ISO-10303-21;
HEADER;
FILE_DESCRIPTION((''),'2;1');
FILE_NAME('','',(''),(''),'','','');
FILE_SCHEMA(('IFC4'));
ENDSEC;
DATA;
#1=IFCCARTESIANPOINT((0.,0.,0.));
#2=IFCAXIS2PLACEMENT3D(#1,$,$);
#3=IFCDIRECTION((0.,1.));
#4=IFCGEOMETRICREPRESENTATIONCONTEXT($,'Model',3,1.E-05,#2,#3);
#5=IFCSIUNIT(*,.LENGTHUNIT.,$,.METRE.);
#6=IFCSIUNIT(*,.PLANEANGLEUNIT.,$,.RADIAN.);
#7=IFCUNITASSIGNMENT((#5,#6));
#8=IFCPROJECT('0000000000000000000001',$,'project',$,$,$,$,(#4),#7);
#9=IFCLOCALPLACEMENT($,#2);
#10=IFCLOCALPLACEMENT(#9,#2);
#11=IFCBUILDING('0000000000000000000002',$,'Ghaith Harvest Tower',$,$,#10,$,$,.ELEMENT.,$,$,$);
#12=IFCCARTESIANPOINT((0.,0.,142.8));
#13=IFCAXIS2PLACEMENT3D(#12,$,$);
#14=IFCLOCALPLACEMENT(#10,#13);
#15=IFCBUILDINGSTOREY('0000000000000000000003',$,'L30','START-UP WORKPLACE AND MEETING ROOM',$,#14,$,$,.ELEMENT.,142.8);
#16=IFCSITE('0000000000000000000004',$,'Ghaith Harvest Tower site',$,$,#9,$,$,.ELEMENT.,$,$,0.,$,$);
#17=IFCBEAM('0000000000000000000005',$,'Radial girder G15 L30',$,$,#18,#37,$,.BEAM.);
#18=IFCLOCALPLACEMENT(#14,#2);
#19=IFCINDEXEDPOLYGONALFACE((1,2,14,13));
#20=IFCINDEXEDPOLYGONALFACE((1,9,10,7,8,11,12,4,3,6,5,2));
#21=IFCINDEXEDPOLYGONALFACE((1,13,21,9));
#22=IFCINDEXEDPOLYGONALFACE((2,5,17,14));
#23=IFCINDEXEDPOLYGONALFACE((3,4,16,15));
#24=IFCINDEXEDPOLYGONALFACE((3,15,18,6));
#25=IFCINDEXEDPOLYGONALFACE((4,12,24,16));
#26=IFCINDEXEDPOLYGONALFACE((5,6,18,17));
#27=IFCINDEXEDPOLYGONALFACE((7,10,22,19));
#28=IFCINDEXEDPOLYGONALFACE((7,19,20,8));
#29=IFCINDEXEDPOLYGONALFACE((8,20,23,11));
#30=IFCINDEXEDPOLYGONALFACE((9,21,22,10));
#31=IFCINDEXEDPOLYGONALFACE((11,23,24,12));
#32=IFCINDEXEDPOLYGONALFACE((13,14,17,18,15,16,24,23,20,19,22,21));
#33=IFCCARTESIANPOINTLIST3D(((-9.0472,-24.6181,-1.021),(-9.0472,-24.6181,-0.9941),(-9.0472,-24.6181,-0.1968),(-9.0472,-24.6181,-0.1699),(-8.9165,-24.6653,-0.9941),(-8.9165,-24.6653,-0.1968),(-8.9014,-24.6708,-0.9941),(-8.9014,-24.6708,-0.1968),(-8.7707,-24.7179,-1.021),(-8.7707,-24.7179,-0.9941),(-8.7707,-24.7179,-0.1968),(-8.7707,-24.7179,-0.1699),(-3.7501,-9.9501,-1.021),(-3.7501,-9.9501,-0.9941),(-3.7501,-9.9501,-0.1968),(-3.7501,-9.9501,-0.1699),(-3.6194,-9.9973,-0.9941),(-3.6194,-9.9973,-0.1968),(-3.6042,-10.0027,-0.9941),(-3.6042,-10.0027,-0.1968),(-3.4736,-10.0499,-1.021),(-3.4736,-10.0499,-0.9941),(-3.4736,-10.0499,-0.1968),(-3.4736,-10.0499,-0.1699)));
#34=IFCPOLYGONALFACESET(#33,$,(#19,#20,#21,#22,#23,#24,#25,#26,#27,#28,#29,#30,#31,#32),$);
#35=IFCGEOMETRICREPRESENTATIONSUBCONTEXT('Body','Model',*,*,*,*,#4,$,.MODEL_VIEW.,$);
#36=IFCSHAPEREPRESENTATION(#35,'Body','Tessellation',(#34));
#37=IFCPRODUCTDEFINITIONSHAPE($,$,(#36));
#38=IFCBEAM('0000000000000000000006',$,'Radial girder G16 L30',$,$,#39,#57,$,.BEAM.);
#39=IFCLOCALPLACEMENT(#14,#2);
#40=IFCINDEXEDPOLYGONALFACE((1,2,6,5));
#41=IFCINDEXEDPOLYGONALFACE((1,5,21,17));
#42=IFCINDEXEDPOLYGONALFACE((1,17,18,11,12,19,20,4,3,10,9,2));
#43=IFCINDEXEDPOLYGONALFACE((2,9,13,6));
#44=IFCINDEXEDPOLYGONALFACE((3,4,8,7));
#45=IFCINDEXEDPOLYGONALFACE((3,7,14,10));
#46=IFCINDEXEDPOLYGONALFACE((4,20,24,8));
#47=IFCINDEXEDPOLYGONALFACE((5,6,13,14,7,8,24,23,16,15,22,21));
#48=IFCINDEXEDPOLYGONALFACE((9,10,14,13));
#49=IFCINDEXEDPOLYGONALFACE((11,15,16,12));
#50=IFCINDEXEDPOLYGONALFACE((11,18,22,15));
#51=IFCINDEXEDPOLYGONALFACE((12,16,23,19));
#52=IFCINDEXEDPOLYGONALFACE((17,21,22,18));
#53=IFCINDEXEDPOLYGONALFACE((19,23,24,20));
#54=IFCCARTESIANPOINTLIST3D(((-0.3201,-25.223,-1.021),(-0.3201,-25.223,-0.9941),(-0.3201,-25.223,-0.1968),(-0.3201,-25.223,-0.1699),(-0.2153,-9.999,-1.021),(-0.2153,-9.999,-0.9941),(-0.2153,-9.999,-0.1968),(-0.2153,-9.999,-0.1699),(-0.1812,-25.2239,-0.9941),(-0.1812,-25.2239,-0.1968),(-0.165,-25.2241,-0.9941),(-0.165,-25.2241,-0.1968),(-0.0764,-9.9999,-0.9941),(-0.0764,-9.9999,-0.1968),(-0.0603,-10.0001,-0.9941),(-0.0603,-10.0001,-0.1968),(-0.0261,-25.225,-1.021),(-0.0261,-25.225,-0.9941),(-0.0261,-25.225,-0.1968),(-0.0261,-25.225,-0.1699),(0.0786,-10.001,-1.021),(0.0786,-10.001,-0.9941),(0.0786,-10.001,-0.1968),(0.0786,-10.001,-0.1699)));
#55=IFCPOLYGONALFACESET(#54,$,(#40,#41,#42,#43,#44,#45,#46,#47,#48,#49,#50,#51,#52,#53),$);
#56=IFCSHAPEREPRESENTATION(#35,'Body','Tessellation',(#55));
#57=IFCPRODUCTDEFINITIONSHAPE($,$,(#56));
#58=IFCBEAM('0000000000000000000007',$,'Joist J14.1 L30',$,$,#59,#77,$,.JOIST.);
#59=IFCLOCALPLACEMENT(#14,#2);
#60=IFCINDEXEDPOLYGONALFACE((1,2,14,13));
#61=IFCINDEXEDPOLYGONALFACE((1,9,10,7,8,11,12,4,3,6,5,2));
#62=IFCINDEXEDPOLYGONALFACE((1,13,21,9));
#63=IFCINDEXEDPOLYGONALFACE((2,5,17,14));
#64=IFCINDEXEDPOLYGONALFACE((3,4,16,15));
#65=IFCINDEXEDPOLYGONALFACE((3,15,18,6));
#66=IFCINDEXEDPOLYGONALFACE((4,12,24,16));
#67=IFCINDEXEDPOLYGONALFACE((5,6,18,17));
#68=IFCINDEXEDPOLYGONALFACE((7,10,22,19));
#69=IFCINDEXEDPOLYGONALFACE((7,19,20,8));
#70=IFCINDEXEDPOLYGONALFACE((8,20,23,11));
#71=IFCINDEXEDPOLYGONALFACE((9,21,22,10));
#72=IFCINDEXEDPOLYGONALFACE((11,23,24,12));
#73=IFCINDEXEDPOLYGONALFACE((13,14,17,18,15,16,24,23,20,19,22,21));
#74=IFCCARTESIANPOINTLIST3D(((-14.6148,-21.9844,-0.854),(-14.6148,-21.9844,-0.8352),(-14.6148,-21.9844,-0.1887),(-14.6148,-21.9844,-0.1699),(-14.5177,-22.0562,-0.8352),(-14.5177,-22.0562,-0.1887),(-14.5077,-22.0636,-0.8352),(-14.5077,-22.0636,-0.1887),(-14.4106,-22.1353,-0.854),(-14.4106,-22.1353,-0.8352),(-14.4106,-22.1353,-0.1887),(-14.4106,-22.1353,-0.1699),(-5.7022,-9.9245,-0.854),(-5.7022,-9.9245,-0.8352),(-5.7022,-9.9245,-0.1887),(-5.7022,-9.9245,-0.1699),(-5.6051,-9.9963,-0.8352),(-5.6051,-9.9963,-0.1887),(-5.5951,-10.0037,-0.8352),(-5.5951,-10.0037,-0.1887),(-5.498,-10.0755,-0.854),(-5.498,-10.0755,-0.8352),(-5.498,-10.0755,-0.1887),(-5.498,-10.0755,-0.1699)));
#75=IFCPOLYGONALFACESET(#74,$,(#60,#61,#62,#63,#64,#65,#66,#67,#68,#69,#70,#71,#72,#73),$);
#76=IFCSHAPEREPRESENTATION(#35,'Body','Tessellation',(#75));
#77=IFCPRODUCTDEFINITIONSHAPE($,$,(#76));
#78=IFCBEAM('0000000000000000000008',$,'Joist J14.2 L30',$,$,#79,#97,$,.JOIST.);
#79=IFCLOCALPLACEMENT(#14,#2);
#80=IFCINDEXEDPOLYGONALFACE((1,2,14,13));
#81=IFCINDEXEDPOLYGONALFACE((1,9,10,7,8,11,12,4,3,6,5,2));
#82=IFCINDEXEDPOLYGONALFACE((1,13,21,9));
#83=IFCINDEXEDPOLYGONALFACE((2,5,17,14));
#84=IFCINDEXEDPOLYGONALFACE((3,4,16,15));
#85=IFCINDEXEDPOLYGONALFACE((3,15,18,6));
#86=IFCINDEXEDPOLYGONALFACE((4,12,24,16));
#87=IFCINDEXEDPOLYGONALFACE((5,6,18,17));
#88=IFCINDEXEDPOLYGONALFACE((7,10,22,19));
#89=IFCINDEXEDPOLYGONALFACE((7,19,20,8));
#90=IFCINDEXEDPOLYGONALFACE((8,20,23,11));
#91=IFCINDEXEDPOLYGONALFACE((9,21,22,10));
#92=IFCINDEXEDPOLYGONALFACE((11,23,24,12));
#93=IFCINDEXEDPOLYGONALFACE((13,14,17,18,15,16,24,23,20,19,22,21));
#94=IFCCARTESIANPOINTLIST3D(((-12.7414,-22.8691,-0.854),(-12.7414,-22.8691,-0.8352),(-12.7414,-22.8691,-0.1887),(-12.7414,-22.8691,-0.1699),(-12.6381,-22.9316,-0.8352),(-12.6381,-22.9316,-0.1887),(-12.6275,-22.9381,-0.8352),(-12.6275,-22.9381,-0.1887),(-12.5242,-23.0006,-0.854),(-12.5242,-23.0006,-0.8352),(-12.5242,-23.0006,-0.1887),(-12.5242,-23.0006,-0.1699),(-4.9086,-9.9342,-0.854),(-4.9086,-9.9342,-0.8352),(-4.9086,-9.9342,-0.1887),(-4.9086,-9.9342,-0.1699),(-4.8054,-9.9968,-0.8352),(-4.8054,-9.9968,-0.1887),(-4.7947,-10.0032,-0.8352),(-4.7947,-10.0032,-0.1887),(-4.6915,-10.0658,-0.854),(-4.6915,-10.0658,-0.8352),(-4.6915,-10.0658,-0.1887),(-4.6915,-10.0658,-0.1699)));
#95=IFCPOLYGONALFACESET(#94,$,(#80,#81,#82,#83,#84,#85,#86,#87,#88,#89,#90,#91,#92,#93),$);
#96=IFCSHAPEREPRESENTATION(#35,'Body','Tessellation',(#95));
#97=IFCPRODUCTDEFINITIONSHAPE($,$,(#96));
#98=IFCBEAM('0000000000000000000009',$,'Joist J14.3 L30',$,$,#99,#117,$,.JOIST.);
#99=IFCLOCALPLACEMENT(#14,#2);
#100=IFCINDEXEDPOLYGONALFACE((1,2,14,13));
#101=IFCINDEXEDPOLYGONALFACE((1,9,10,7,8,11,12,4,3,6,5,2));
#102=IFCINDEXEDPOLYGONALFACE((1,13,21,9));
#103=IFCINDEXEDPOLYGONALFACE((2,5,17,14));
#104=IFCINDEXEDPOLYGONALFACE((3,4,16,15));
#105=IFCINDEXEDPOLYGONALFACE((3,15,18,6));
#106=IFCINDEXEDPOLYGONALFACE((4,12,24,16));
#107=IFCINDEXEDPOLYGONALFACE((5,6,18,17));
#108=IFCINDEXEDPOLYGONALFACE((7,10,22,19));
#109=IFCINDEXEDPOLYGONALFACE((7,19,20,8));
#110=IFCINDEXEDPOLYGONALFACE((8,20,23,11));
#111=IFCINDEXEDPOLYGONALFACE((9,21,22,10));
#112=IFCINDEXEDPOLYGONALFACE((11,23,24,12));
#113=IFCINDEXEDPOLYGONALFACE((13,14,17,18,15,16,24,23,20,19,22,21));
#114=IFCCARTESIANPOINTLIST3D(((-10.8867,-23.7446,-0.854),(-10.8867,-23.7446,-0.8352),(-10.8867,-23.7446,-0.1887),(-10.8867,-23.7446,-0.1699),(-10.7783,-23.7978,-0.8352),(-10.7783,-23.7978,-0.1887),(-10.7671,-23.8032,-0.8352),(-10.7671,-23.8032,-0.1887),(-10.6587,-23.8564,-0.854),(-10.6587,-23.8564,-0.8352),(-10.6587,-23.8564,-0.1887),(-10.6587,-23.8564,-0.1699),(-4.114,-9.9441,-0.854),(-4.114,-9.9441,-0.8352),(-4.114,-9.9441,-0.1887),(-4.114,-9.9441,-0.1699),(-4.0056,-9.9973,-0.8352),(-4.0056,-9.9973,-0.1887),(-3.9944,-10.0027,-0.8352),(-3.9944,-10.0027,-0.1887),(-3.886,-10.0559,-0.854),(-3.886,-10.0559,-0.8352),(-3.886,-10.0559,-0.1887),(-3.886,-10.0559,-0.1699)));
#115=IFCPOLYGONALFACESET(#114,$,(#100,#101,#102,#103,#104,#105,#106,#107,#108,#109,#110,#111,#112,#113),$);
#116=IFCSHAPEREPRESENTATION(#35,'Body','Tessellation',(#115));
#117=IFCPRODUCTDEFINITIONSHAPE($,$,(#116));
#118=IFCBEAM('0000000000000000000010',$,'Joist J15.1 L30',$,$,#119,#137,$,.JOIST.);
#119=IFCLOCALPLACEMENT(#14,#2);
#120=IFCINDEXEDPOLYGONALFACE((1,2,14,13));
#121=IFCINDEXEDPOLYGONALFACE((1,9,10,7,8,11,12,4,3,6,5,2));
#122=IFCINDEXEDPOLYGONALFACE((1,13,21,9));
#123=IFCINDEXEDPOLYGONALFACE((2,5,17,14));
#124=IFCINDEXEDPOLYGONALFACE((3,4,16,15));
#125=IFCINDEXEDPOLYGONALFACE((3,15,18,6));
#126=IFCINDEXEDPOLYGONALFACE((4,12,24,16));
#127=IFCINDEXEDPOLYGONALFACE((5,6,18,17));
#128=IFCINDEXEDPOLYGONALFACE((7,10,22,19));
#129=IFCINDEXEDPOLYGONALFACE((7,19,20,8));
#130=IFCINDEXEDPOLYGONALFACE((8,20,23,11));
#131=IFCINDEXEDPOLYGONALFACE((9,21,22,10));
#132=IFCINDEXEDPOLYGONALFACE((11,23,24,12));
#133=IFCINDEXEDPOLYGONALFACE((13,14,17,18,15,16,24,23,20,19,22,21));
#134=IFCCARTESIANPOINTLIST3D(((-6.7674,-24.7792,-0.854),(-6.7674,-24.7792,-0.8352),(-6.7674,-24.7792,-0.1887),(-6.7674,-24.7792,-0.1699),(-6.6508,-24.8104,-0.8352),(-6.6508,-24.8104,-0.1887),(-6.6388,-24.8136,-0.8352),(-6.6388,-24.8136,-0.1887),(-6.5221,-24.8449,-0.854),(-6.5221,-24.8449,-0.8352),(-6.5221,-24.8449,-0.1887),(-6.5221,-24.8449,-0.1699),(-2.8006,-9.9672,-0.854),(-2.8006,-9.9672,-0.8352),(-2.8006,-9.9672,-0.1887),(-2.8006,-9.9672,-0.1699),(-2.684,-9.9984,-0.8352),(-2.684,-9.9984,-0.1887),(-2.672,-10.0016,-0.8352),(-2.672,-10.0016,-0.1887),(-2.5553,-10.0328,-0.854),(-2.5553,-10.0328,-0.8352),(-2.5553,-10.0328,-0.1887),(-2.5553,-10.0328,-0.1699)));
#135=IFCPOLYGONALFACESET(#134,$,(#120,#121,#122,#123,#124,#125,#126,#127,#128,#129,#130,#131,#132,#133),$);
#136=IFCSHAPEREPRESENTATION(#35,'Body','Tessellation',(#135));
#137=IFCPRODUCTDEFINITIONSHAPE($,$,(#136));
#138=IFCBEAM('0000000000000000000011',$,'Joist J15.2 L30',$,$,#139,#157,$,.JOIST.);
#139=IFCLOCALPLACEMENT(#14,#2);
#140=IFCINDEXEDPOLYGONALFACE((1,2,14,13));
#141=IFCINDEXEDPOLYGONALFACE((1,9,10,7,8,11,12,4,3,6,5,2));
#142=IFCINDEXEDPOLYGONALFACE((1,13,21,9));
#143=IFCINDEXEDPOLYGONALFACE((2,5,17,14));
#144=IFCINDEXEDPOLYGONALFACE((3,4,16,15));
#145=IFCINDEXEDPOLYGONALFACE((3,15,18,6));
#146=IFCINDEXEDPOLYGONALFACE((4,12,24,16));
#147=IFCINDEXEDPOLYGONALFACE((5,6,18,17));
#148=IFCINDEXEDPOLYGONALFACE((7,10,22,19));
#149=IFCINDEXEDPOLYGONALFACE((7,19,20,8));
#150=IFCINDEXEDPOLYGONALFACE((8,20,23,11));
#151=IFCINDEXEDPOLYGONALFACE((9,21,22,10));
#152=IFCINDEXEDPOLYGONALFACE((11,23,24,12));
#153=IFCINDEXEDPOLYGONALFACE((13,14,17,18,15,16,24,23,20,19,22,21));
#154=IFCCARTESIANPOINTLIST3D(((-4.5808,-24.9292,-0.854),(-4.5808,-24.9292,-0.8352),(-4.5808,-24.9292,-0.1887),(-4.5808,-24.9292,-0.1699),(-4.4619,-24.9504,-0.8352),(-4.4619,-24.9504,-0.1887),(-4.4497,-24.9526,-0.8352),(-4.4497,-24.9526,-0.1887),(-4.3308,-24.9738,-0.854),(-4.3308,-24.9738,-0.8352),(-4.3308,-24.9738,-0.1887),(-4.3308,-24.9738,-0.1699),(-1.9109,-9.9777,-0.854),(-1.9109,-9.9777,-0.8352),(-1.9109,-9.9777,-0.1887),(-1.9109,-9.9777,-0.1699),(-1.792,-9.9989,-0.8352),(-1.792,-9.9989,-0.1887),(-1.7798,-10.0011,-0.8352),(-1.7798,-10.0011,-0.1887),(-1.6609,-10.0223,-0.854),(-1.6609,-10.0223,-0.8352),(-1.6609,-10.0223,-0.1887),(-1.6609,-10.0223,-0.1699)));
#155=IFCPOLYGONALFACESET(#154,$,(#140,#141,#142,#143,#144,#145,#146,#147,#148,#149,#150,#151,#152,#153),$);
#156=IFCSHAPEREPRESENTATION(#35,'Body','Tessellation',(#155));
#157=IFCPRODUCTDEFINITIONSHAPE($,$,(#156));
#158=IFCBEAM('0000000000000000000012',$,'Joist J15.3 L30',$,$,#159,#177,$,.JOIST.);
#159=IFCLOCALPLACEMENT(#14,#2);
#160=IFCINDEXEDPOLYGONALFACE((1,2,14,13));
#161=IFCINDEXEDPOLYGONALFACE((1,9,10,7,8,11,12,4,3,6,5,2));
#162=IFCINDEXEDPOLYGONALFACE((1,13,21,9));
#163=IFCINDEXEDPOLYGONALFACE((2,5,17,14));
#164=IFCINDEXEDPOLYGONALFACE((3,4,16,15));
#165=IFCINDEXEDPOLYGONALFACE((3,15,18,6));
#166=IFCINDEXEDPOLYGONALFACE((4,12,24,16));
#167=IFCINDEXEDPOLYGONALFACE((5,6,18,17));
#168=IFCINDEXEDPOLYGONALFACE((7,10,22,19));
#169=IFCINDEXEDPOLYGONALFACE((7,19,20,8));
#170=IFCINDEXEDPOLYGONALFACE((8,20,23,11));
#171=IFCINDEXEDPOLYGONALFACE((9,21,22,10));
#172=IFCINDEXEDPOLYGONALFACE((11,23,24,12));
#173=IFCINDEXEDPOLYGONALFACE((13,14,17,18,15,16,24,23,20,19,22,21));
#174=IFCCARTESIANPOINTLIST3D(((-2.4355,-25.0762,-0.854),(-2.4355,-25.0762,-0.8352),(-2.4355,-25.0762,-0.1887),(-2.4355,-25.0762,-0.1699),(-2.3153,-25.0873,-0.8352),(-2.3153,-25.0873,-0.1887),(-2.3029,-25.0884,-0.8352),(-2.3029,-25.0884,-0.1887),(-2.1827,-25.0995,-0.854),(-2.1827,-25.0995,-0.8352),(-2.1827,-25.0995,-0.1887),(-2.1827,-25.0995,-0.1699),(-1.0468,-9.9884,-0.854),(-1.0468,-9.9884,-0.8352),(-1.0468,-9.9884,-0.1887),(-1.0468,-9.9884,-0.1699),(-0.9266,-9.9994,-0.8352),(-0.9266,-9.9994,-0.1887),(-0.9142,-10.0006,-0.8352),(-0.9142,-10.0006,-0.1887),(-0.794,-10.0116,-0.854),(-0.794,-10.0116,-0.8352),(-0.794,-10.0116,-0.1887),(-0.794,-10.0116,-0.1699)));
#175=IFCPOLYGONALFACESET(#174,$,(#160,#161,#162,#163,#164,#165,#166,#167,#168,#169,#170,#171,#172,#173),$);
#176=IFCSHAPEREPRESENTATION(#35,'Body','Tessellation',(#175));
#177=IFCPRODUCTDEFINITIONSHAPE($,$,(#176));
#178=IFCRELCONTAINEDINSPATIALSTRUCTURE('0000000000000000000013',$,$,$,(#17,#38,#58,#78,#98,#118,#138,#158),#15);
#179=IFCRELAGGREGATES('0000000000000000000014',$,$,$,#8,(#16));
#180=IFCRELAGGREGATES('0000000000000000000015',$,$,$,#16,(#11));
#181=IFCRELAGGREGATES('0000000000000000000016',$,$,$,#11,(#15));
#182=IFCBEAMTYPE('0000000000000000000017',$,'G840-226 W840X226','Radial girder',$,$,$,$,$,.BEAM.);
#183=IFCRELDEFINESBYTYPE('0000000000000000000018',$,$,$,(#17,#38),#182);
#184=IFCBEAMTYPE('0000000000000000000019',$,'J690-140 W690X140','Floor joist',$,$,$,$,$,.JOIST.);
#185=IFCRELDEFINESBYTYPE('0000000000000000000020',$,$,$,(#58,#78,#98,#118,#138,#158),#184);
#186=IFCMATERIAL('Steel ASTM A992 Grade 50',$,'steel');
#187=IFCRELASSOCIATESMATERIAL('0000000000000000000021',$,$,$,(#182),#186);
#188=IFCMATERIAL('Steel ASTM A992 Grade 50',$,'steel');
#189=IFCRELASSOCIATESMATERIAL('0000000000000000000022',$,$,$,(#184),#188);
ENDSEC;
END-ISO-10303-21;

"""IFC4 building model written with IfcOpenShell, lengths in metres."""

from ifc_helpers import new_model, si_unit, direction, frame, origin, origin_2d, place, context, subcontext, project, spatial, i_section, extrude, material, material_profile, profile_set, type_object, element, save


model = new_model("IFC4")

# Units and contexts
model_context = context("Model", 3, precision=1e-05, world=origin(), true_north=direction((0.0, 1.0)))
body_context = subcontext(model_context, "Body", "Model", "MODEL_VIEW")
ifc_project = project(units=[si_unit("LENGTHUNIT", "METRE"), si_unit("PLANEANGLEUNIT", "RADIAN")], contexts=[model_context])

# Site, building, storey
site_placement = place(None, origin())
site = spatial("IfcSite", under=ifc_project, at=site_placement, Name="Ghaith Harvest Tower site", CompositionType="ELEMENT", RefElevation=0.0)
building_placement = place(site_placement, origin())
building = spatial("IfcBuilding", under=site, at=building_placement, Name="Ghaith Harvest Tower", CompositionType="ELEMENT")
storey_placement = place(building_placement, frame((0.0, 0.0, 142.8)))
storey = spatial("IfcBuildingStorey", under=building, at=storey_placement, Name="L30", Description="START-UP WORKPLACE AND MEETING ROOM", CompositionType="ELEMENT", Elevation=142.8)

# Beams
ifc_material_1 = material(Name="Steel ASTM A992 Grade 50", Category="steel")
ifc_material_profile_1 = material_profile(ifc_material_1, i_section(OverallWidth=0.2939, OverallDepth=0.8511, WebThickness=0.0161, FlangeThickness=0.0269, at=origin_2d()), Name="W840X226")
ifc_profile_set_1 = profile_set([ifc_material_profile_1], Name="Steel ASTM A992 Grade 50")
beam_type_1 = type_object("IfcBeamType", Name="G840-226 W840X226", Description="Radial girder", PredefinedType="BEAM", material=ifc_profile_set_1)
beam_1_placement = place(storey_placement, frame((-3.6118, -10.0, -0.5955), z_axis=(-0.339664, -0.940547, 0.0), x_axis=(0.940547, -0.339664, 0.0)))
element("IfcBeam", 1, at=beam_1_placement, inside=storey, type_object=beam_type_1, Name="Radial girder G15 L30", PredefinedType="BEAM", context=body_context, shape_type="SweptSolid", body=[
    extrude(i_section(OverallWidth=0.2939, OverallDepth=0.8511, WebThickness=0.0161, FlangeThickness=0.0269, at=origin_2d()), origin(), (0.0, 0.0, 1.0), 15.5952),
])
beam_2_placement = place(storey_placement, frame((-0.0684, -10.0, -0.5955), z_axis=(-0.006879, -0.999976, 0.0), x_axis=(0.999976, -0.006879, 0.0)))
element("IfcBeam", 2, at=beam_2_placement, inside=storey, type_object=beam_type_1, Name="Radial girder G16 L30", PredefinedType="BEAM", context=body_context, shape_type="SweptSolid", body=[
    extrude(i_section(OverallWidth=0.2939, OverallDepth=0.8511, WebThickness=0.0161, FlangeThickness=0.0269, at=origin_2d()), origin(), (0.0, 0.0, 1.0), 15.2244),
])
ifc_material_2 = material(Name="Steel ASTM A992 Grade 50", Category="steel")
ifc_material_profile_2 = material_profile(ifc_material_2, i_section(OverallWidth=0.2539, OverallDepth=0.6841, WebThickness=0.0125, FlangeThickness=0.0188, at=origin_2d()), Name="W690X140")
ifc_profile_set_2 = profile_set([ifc_material_profile_2], Name="Steel ASTM A992 Grade 50")
beam_type_2 = type_object("IfcBeamType", Name="J690-140 W690X140", Description="Floor joist", PredefinedType="JOIST", material=ifc_profile_set_2)
beam_3_placement = place(storey_placement, frame((-5.6001, -10.0, -0.512), z_axis=(-0.59434, -0.804214, 0.0), x_axis=(0.804214, -0.59434, 0.0)))
element("IfcBeam", 3, at=beam_3_placement, inside=storey, type_object=beam_type_2, Name="Joist J14.1 L30", PredefinedType="JOIST", context=body_context, shape_type="SweptSolid", body=[
    extrude(i_section(OverallWidth=0.2539, OverallDepth=0.6841, WebThickness=0.0125, FlangeThickness=0.0188, at=origin_2d()), origin(), (0.0, 0.0, 1.0), 14.9958),
])
beam_4_placement = place(storey_placement, frame((-4.8, -10.0, -0.512), z_axis=(-0.517986, -0.855389, 0.0), x_axis=(0.855389, -0.517986, 0.0)))
element("IfcBeam", 4, at=beam_4_placement, inside=storey, type_object=beam_type_2, Name="Joist J14.2 L30", PredefinedType="JOIST", context=body_context, shape_type="SweptSolid", body=[
    extrude(i_section(OverallWidth=0.2539, OverallDepth=0.6841, WebThickness=0.0125, FlangeThickness=0.0188, at=origin_2d()), origin(), (0.0, 0.0, 1.0), 15.1216),
])
beam_5_placement = place(storey_placement, frame((-4.0, -10.0, -0.512), z_axis=(-0.440563, -0.897722, 0.0), x_axis=(0.897722, -0.440563, 0.0)))
element("IfcBeam", 5, at=beam_5_placement, inside=storey, type_object=beam_type_2, Name="Joist J14.3 L30", PredefinedType="JOIST", context=body_context, shape_type="SweptSolid", body=[
    extrude(i_section(OverallWidth=0.2539, OverallDepth=0.6841, WebThickness=0.0125, FlangeThickness=0.0188, at=origin_2d()), origin(), (0.0, 0.0, 1.0), 15.3728),
])
beam_6_placement = place(storey_placement, frame((-2.678, -10.0, -0.512), z_axis=(-0.258693, -0.96596, 0.0), x_axis=(0.96596, -0.258693, 0.0)))
element("IfcBeam", 6, at=beam_6_placement, inside=storey, type_object=beam_type_2, Name="Joist J15.1 L30", PredefinedType="JOIST", context=body_context, shape_type="SweptSolid", body=[
    extrude(i_section(OverallWidth=0.2539, OverallDepth=0.6841, WebThickness=0.0125, FlangeThickness=0.0188, at=origin_2d()), origin(), (0.0, 0.0, 1.0), 15.334),
])
beam_7_placement = place(storey_placement, frame((-1.7859, -10.0, -0.512), z_axis=(-0.175792, -0.984427, 0.0), x_axis=(0.984427, -0.175792, 0.0)))
element("IfcBeam", 7, at=beam_7_placement, inside=storey, type_object=beam_type_2, Name="Joist J15.2 L30", PredefinedType="JOIST", context=body_context, shape_type="SweptSolid", body=[
    extrude(i_section(OverallWidth=0.2539, OverallDepth=0.6841, WebThickness=0.0125, FlangeThickness=0.0188, at=origin_2d()), origin(), (0.0, 0.0, 1.0), 15.188),
])
beam_8_placement = place(storey_placement, frame((-0.9204, -10.0, -0.512), z_axis=(-0.091651, -0.995791, 0.0), x_axis=(0.995791, -0.091651, 0.0)))
element("IfcBeam", 8, at=beam_8_placement, inside=storey, type_object=beam_type_2, Name="Joist J15.3 L30", PredefinedType="JOIST", context=body_context, shape_type="SweptSolid", body=[
    extrude(i_section(OverallWidth=0.2539, OverallDepth=0.6841, WebThickness=0.0125, FlangeThickness=0.0188, at=origin_2d()), origin(), (0.0, 0.0, 1.0), 15.1516),
])

save(model, "model.ifc")
